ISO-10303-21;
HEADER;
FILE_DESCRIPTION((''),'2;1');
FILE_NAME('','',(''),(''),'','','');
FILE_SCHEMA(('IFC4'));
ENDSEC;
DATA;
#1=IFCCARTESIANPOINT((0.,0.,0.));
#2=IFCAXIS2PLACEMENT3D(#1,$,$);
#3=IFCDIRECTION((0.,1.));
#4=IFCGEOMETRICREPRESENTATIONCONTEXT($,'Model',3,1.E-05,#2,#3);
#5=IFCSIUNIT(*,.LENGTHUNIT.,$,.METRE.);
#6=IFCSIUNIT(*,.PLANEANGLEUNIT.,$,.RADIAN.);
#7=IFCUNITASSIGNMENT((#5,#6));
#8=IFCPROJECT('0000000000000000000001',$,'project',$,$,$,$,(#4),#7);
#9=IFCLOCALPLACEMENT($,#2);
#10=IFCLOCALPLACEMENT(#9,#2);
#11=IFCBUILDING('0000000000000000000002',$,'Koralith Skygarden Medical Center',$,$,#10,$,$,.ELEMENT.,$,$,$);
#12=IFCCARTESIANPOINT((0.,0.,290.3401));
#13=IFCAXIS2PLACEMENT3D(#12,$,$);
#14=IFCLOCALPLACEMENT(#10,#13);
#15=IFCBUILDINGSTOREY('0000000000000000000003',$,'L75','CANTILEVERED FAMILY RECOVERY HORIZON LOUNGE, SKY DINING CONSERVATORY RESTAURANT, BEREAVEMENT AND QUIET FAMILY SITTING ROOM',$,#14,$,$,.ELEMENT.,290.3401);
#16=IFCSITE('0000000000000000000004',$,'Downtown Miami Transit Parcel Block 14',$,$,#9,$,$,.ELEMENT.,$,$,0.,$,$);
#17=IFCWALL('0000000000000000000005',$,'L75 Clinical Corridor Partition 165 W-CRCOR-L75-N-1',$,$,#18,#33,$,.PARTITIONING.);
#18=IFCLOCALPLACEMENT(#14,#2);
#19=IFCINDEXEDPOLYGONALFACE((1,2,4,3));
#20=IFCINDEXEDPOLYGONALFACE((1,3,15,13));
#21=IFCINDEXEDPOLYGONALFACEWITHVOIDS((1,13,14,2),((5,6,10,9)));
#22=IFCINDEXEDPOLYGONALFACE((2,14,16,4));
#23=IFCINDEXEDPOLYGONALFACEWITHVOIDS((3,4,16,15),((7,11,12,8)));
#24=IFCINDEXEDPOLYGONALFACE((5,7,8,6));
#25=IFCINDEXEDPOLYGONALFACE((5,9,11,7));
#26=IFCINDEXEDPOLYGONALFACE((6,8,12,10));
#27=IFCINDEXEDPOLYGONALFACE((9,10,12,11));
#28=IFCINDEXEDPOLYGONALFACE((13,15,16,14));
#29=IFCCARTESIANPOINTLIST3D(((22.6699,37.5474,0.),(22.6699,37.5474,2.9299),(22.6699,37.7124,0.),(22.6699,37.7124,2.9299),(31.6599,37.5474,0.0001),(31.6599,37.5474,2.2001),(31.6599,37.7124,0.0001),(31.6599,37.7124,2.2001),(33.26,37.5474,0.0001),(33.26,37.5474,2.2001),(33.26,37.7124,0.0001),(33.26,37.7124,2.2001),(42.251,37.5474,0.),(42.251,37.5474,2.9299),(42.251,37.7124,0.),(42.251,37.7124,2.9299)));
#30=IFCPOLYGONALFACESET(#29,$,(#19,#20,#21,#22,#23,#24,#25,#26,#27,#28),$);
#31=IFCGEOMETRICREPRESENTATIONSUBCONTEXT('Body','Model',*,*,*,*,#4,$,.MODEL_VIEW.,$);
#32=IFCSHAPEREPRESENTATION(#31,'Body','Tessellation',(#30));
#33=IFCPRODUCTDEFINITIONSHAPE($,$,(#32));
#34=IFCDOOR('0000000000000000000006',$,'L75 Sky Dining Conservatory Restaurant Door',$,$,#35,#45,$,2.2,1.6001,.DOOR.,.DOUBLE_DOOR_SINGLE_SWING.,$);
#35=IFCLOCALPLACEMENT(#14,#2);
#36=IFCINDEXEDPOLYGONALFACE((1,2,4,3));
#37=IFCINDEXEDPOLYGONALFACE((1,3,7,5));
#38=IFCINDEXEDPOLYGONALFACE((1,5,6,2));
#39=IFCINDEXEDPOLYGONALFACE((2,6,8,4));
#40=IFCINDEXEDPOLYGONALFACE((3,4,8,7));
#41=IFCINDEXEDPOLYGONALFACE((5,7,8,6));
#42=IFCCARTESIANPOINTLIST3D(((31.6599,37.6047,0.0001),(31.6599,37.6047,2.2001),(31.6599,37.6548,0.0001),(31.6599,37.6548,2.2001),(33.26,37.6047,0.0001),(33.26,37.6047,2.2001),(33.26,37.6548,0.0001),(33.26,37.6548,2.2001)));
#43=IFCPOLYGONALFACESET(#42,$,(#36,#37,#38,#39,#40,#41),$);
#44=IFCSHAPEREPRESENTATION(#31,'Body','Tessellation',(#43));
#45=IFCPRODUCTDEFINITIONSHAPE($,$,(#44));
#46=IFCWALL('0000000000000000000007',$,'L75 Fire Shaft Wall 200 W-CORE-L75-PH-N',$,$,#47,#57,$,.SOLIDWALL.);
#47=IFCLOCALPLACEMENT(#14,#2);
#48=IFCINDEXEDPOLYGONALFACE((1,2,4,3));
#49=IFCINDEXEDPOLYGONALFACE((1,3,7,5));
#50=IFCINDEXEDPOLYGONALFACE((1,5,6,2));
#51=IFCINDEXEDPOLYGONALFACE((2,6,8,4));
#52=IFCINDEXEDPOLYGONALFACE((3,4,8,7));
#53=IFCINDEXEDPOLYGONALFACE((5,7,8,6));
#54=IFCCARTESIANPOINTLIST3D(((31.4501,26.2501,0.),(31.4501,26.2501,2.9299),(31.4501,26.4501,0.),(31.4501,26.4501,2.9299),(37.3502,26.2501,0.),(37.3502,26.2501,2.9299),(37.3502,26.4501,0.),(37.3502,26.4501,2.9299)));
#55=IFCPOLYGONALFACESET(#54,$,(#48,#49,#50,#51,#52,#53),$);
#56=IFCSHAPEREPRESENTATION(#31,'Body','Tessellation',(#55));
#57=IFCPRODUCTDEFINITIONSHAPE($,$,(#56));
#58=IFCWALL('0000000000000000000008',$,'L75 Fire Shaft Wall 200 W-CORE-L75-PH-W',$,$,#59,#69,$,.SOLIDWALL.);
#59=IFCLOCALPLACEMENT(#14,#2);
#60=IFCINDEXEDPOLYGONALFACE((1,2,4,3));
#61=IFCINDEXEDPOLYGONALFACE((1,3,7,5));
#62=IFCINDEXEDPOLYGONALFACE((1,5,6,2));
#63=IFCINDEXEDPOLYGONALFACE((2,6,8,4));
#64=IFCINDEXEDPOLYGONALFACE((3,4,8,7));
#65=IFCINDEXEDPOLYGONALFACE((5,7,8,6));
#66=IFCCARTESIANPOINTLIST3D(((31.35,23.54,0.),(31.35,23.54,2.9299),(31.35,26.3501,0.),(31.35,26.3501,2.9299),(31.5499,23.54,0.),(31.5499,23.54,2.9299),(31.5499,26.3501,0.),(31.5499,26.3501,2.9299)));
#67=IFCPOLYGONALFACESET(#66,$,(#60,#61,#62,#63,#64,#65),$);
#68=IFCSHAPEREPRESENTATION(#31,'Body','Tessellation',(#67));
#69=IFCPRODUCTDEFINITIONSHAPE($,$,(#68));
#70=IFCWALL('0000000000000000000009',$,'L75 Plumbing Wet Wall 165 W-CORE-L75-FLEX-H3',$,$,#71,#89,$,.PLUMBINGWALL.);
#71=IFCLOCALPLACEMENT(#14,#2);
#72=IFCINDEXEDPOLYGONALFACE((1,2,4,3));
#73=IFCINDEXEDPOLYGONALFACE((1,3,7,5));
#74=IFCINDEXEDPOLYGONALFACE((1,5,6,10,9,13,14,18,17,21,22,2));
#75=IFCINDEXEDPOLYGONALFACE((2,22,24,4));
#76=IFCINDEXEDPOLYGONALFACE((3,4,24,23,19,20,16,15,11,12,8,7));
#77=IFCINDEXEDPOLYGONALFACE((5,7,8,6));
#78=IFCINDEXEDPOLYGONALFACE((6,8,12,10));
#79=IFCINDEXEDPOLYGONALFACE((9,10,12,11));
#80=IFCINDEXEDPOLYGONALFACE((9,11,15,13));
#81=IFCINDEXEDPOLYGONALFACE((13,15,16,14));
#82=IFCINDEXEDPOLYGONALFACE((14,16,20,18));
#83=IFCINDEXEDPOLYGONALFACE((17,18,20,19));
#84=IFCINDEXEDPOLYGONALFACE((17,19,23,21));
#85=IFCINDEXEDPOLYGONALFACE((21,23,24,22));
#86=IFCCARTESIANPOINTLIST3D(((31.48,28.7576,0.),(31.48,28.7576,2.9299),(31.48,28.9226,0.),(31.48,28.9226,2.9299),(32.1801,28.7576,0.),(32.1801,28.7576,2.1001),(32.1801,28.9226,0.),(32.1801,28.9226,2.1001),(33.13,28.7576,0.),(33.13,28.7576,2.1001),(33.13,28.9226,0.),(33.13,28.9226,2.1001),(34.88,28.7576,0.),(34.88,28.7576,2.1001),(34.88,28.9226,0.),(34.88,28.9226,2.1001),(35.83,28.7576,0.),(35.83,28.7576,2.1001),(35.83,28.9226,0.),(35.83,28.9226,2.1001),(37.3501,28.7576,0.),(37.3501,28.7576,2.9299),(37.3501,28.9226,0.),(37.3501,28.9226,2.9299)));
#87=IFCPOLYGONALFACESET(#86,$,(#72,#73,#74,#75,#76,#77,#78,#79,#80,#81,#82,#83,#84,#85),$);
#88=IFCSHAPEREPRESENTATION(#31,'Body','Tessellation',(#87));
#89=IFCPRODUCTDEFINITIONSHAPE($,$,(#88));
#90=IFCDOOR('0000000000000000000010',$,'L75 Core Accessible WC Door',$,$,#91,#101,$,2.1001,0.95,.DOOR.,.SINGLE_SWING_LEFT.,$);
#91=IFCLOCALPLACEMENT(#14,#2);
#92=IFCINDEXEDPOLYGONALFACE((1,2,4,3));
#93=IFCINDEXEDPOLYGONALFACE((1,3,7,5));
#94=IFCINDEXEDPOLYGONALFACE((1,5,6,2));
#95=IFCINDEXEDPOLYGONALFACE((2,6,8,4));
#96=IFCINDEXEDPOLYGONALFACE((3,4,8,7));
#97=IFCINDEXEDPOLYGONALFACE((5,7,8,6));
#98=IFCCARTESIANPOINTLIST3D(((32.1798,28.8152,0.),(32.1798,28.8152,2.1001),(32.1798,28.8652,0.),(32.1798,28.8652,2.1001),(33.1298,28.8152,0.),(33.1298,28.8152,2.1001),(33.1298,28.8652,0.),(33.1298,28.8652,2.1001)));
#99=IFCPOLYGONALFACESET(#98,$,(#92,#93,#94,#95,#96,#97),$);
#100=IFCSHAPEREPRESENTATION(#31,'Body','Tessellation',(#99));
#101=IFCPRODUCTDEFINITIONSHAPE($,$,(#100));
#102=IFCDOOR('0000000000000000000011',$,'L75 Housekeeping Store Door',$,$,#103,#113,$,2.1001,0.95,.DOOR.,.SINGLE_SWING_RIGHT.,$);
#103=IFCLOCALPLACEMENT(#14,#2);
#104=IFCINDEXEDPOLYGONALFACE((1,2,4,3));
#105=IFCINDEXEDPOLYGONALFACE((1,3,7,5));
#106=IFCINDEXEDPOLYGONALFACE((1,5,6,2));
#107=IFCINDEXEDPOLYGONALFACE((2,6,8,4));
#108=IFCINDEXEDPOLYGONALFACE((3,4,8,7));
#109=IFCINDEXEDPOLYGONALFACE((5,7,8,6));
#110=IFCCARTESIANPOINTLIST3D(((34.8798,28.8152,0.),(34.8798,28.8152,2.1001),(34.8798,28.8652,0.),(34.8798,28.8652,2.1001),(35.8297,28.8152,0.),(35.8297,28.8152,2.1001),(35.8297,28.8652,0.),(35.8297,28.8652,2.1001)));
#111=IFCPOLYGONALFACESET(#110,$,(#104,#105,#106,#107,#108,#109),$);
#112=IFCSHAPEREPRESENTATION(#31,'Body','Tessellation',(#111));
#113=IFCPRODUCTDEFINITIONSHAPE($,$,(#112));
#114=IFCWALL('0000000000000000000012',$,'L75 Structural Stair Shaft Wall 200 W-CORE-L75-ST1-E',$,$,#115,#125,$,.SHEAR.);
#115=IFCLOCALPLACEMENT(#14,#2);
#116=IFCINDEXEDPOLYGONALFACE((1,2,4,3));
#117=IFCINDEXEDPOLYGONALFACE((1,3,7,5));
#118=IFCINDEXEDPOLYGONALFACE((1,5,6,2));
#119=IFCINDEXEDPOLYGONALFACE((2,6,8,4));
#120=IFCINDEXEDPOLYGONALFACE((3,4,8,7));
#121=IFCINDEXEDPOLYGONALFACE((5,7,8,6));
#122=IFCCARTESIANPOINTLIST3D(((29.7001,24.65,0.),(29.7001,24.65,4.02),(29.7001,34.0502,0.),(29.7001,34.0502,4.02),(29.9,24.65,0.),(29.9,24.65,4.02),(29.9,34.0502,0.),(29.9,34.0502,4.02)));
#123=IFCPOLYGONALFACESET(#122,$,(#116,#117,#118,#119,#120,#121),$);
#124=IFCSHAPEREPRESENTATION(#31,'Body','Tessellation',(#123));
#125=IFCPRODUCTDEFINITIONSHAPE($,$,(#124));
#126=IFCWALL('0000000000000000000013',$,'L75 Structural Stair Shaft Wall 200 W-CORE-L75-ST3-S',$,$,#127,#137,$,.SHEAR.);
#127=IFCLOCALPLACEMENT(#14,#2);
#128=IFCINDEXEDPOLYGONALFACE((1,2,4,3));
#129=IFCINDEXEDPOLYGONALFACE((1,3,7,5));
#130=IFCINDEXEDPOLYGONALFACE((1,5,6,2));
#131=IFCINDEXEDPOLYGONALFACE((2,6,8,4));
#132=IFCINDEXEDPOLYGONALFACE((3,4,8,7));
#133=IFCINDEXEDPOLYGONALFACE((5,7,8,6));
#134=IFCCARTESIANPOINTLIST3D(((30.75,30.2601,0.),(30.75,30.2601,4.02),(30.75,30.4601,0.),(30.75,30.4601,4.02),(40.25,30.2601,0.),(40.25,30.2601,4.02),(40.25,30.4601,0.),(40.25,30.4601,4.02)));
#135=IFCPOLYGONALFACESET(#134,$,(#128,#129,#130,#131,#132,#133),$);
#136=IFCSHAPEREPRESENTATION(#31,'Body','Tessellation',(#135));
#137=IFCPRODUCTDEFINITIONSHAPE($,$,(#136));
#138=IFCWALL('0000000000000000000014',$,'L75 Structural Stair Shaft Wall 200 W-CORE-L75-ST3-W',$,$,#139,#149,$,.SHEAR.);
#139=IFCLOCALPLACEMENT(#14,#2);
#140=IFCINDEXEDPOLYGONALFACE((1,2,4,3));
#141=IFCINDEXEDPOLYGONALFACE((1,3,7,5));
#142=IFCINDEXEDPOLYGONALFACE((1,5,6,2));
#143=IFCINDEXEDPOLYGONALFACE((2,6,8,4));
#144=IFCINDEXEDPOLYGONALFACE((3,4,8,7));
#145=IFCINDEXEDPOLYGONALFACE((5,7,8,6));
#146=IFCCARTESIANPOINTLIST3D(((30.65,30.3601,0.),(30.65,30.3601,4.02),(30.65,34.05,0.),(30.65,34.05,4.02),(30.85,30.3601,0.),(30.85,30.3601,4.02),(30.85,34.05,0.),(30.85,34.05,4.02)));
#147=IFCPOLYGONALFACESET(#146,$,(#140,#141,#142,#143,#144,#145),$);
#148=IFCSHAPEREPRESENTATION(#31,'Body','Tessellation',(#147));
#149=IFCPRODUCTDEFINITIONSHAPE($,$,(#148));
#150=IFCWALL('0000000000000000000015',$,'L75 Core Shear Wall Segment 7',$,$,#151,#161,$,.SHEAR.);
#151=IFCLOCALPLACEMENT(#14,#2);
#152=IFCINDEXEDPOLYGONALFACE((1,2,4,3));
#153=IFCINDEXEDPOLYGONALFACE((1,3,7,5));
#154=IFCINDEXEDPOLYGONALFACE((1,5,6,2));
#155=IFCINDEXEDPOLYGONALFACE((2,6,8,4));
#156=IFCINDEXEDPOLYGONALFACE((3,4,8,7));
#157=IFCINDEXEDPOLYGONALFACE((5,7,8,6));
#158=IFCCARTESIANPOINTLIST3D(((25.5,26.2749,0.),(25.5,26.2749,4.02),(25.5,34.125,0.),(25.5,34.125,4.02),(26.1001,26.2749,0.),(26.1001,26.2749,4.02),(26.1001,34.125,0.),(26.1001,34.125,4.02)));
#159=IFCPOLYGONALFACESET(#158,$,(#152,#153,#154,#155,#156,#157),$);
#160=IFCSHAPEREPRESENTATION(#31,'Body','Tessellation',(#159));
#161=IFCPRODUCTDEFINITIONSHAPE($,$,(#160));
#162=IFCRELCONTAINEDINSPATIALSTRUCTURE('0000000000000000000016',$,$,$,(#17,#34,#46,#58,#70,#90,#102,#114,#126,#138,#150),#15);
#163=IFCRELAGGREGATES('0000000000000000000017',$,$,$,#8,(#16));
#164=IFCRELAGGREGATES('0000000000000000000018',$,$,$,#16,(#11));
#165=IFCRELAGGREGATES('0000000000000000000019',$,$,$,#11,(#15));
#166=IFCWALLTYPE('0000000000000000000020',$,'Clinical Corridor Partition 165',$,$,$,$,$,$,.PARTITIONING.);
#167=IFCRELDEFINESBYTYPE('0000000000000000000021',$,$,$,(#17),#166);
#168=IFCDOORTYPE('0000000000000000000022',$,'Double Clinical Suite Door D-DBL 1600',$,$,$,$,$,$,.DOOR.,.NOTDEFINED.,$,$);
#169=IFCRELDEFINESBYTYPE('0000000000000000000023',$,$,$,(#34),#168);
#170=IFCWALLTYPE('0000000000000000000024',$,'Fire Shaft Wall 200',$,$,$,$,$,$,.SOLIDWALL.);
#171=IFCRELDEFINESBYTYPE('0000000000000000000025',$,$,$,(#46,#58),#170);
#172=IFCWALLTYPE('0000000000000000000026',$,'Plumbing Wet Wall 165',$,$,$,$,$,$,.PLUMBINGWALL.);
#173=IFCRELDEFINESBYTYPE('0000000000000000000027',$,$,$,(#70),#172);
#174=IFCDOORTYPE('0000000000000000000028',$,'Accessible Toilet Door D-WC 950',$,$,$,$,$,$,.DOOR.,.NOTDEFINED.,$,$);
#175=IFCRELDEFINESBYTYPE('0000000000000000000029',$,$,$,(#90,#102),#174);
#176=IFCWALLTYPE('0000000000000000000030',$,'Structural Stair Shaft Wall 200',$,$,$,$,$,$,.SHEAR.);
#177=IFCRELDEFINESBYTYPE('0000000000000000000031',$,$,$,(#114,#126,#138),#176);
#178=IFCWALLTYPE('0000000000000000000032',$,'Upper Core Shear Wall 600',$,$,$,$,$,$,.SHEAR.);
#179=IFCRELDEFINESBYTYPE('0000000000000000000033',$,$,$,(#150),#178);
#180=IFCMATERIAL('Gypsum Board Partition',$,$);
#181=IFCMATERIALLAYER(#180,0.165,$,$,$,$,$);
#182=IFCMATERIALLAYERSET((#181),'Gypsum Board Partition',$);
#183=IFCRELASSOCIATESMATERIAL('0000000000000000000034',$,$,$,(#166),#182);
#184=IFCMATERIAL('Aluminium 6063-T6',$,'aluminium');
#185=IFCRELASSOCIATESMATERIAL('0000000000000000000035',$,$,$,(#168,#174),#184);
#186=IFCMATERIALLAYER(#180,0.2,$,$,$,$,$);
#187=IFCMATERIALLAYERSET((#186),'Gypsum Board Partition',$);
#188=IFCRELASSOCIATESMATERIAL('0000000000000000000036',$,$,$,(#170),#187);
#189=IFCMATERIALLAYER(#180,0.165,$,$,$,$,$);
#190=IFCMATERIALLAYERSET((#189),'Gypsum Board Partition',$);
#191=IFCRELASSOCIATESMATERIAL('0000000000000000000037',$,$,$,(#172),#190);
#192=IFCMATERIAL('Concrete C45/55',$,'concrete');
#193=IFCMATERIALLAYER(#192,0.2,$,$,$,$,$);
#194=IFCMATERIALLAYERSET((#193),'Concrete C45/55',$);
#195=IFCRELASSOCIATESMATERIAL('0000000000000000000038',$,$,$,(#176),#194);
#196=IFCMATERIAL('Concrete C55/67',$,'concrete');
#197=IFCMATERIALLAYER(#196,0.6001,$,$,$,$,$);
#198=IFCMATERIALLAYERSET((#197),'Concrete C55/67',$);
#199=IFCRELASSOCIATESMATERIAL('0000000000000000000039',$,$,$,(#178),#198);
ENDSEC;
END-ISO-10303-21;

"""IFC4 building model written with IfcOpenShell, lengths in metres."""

from ifc_helpers import new_model, si_unit, direction, frame, frame_2d, origin, place, context, subcontext, project, spatial, rectangle, extrude, material, layer, layer_set, type_object, element, fill, save


model = new_model("IFC4")

# Units and contexts
model_context = context("Model", 3, precision=1e-05, world=origin(), true_north=direction((0.0, 1.0)))
body_context = subcontext(model_context, "Body", "Model", "MODEL_VIEW")
ifc_project = project(units=[si_unit("LENGTHUNIT", "METRE"), si_unit("PLANEANGLEUNIT", "RADIAN")], contexts=[model_context])

# Site, building, storey
site_placement = place(None, origin())
site = spatial("IfcSite", under=ifc_project, at=site_placement, Name="Downtown Miami Transit Parcel Block 14", CompositionType="ELEMENT", RefElevation=0.0)
building_placement = place(site_placement, origin())
building = spatial("IfcBuilding", under=site, at=building_placement, Name="Koralith Skygarden Medical Center", CompositionType="ELEMENT")
storey_placement = place(building_placement, frame((0.0, 0.0, 290.3401)))
storey = spatial("IfcBuildingStorey", under=building, at=storey_placement, Name="L75", Description="CANTILEVERED FAMILY RECOVERY HORIZON LOUNGE, SKY DINING CONSERVATORY RESTAURANT, BEREAVEMENT AND QUIET FAMILY SITTING ROOM", CompositionType="ELEMENT", Elevation=290.3401)

# Shared definitions
ifc_material_1 = material(Name="Concrete C55/67", Category="concrete")

# Shared definitions
ifc_material_2 = material(Name="Concrete C45/55", Category="concrete")

# Wall, opening, door
ifc_material_3 = material(Name="Gypsum Board Partition")
ifc_layer_1 = layer(ifc_material_3, 0.165)
ifc_layer_set_1 = layer_set([ifc_layer_1], Name="Gypsum Board Partition")
wall_type_1 = type_object("IfcWallType", Name="Clinical Corridor Partition 165", PredefinedType="PARTITIONING", material=ifc_layer_set_1)
wall_1_placement = place(storey_placement, frame((22.6699, 37.6299, 0.0), z_axis=(0.0, 0.0, 1.0), x_axis=(1.0, 0.0, 0.0)))
wall_1 = element("IfcWall", 1, at=wall_1_placement, inside=storey, type_object=wall_type_1, Name="L75 Clinical Corridor Partition 165 W-CRCOR-L75-N-1", PredefinedType="PARTITIONING", context=body_context, shape_type="SweptSolid", body=[
    extrude(rectangle(XDim=19.5811, YDim=0.165, at=frame_2d((9.7905, 0.0))), origin(), (0.0, 0.0, 1.0), 2.9299),
])
opening_1_placement = place(wall_1_placement, frame((8.99, 0.0, 0.0)))
opening_1 = element("IfcOpeningElement", 2, at=opening_1_placement, cuts=wall_1, PredefinedType="OPENING", context=body_context, shape_type="SweptSolid", body=[
    extrude(rectangle(XDim=1.6001, YDim=2.2, at=frame_2d((0.8, 1.1001))), frame((0.0, 0.0925, 0.0), z_axis=(0.0, -1.0, 0.0), x_axis=(1.0, 0.0, 0.0)), (0.0, 0.0, 1.0), 0.1851),
])
ifc_material_4 = material(Name="Aluminium 6063-T6", Category="aluminium")
door_type_1 = type_object("IfcDoorType", Name="Double Clinical Suite Door D-DBL 1600", OperationType="NOTDEFINED", PredefinedType="DOOR", material=ifc_material_4)
door_1_placement = place(opening_1_placement, origin())
door_1 = element("IfcDoor", 3, at=door_1_placement, inside=storey, type_object=door_type_1, Name="L75 Sky Dining Conservatory Restaurant Door", OperationType="DOUBLE_DOOR_SINGLE_SWING", OverallHeight=2.2, OverallWidth=1.6001, PredefinedType="DOOR", context=body_context, shape_type="SweptSolid", body=[
    extrude(rectangle(XDim=1.6001, YDim=2.2, at=frame_2d((0.8, 1.1001))), frame((0.0, 0.0249, 0.0), z_axis=(0.0, -1.0, 0.0), x_axis=(1.0, 0.0, 0.0)), (0.0, 0.0, 1.0), 0.05),
])
fill(opening_1, door_1)

# Walls
ifc_layer_2 = layer(ifc_material_3, 0.2)
ifc_layer_set_2 = layer_set([ifc_layer_2], Name="Gypsum Board Partition")
wall_type_2 = type_object("IfcWallType", Name="Fire Shaft Wall 200", PredefinedType="SOLIDWALL", material=ifc_layer_set_2)
wall_2_placement = place(storey_placement, frame((31.45, 26.3501, 0.0), z_axis=(0.0, 0.0, 1.0), x_axis=(1.0, 0.0, 0.0)))
element("IfcWall", 4, at=wall_2_placement, inside=storey, type_object=wall_type_2, Name="L75 Fire Shaft Wall 200 W-CORE-L75-PH-N", PredefinedType="SOLIDWALL", context=body_context, shape_type="SweptSolid", body=[
    extrude(rectangle(XDim=5.9001, YDim=0.2, at=frame_2d((2.9502, 0.0))), origin(), (0.0, 0.0, 1.0), 2.9299),
])
wall_3_placement = place(storey_placement, frame((31.45, 23.54, 0.0), z_axis=(0.0, 0.0, 1.0), x_axis=(0.0, 1.0, 0.0)))
element("IfcWall", 5, at=wall_3_placement, inside=storey, type_object=wall_type_2, Name="L75 Fire Shaft Wall 200 W-CORE-L75-PH-W", PredefinedType="SOLIDWALL", context=body_context, shape_type="SweptSolid", body=[
    extrude(rectangle(XDim=2.8101, YDim=0.2, at=frame_2d((1.405, 0.0))), origin(), (0.0, 0.0, 1.0), 2.9299),
])

# Shared definitions
ifc_layer_3 = layer(ifc_material_3, 0.165)
ifc_layer_set_3 = layer_set([ifc_layer_3], Name="Gypsum Board Partition")
wall_type_3 = type_object("IfcWallType", Name="Plumbing Wet Wall 165", PredefinedType="PLUMBINGWALL", material=ifc_layer_set_3)

# Wall, openings, doors
wall_4_placement = place(storey_placement, frame((31.48, 28.8401, 0.0), z_axis=(0.0, 0.0, 1.0), x_axis=(1.0, 0.0, 0.0)))
wall_4 = element("IfcWall", 6, at=wall_4_placement, inside=storey, type_object=wall_type_3, Name="L75 Plumbing Wet Wall 165 W-CORE-L75-FLEX-H3", PredefinedType="PLUMBINGWALL", context=body_context, shape_type="SweptSolid", body=[
    extrude(rectangle(XDim=5.8701, YDim=0.165, at=frame_2d((2.9351, 0.0))), origin(), (0.0, 0.0, 1.0), 2.9299),
])
opening_2_placement = place(wall_4_placement, frame((0.7, 0.0, 0.0)))
opening_2 = element("IfcOpeningElement", 7, at=opening_2_placement, cuts=wall_4, PredefinedType="OPENING", context=body_context, shape_type="SweptSolid", body=[
    extrude(rectangle(XDim=0.95, YDim=2.1001, at=frame_2d((0.4751, 1.05))), frame((0.0, 0.0925, 0.0), z_axis=(0.0, -1.0, 0.0), x_axis=(1.0, 0.0, 0.0)), (0.0, 0.0, 1.0), 0.1851),
])
opening_3_placement = place(wall_4_placement, frame((3.3999, 0.0, 0.0)))
opening_3 = element("IfcOpeningElement", 8, at=opening_3_placement, cuts=wall_4, PredefinedType="OPENING", context=body_context, shape_type="SweptSolid", body=[
    extrude(rectangle(XDim=0.95, YDim=2.1001, at=frame_2d((0.4751, 1.05))), frame((0.0, 0.0925, 0.0), z_axis=(0.0, -1.0, 0.0), x_axis=(1.0, 0.0, 0.0)), (0.0, 0.0, 1.0), 0.1851),
])
door_type_2 = type_object("IfcDoorType", Name="Accessible Toilet Door D-WC 950", OperationType="NOTDEFINED", PredefinedType="DOOR", material=ifc_material_4)
door_2_placement = place(opening_2_placement, frame((0.95, 0.0, 0.0), z_axis=(0.0, 0.0, 1.0), x_axis=(-1.0, 0.0, 0.0)))
door_2 = element("IfcDoor", 9, at=door_2_placement, inside=storey, type_object=door_type_2, Name="L75 Core Accessible WC Door", OperationType="SINGLE_SWING_LEFT", OverallHeight=2.1001, OverallWidth=0.95, PredefinedType="DOOR", context=body_context, shape_type="SweptSolid", body=[
    extrude(rectangle(XDim=0.95, YDim=2.1001, at=frame_2d((0.4751, 1.05))), frame((0.0, 0.0249, 0.0), z_axis=(0.0, -1.0, 0.0), x_axis=(1.0, 0.0, 0.0)), (0.0, 0.0, 1.0), 0.05),
])
fill(opening_2, door_2)
door_3_placement = place(opening_3_placement, frame((0.95, 0.0, 0.0), z_axis=(0.0, 0.0, 1.0), x_axis=(-1.0, 0.0, 0.0)))
door_3 = element("IfcDoor", 10, at=door_3_placement, inside=storey, type_object=door_type_2, Name="L75 Housekeeping Store Door", OperationType="SINGLE_SWING_RIGHT", OverallHeight=2.1001, OverallWidth=0.95, PredefinedType="DOOR", context=body_context, shape_type="SweptSolid", body=[
    extrude(rectangle(XDim=0.95, YDim=2.1001, at=frame_2d((0.4751, 1.05))), frame((0.0, 0.0249, 0.0), z_axis=(0.0, -1.0, 0.0), x_axis=(1.0, 0.0, 0.0)), (0.0, 0.0, 1.0), 0.05),
])
fill(opening_3, door_3)

# Wall
ifc_layer_4 = layer(ifc_material_2, 0.2)
ifc_layer_set_4 = layer_set([ifc_layer_4], Name="Concrete C45/55")
wall_type_4 = type_object("IfcWallType", Name="Structural Stair Shaft Wall 200", PredefinedType="SHEAR", material=ifc_layer_set_4)
wall_5_placement = place(storey_placement, frame((29.8, 24.6499, 0.0), z_axis=(0.0, 0.0, 1.0), x_axis=(0.0, 1.0, 0.0)))
element("IfcWall", 11, at=wall_5_placement, inside=storey, type_object=wall_type_4, Name="L75 Structural Stair Shaft Wall 200 W-CORE-L75-ST1-E", PredefinedType="SHEAR", context=body_context, shape_type="SweptSolid", body=[
    extrude(rectangle(XDim=9.4001, YDim=0.2, at=frame_2d((4.7002, 0.0))), origin(), (0.0, 0.0, 1.0), 4.02),
])

# Walls
wall_6_placement = place(storey_placement, frame((30.75, 30.3601, 0.0), z_axis=(0.0, 0.0, 1.0), x_axis=(1.0, 0.0, 0.0)))
element("IfcWall", 12, at=wall_6_placement, inside=storey, type_object=wall_type_4, Name="L75 Structural Stair Shaft Wall 200 W-CORE-L75-ST3-S", PredefinedType="SHEAR", context=body_context, shape_type="SweptSolid", body=[
    extrude(rectangle(XDim=9.5, YDim=0.2, at=frame_2d((4.75, 0.0))), origin(), (0.0, 0.0, 1.0), 4.02),
])
wall_7_placement = place(storey_placement, frame((30.75, 30.3601, 0.0), z_axis=(0.0, 0.0, 1.0), x_axis=(0.0, 1.0, 0.0)))
element("IfcWall", 13, at=wall_7_placement, inside=storey, type_object=wall_type_4, Name="L75 Structural Stair Shaft Wall 200 W-CORE-L75-ST3-W", PredefinedType="SHEAR", context=body_context, shape_type="SweptSolid", body=[
    extrude(rectangle(XDim=3.6899, YDim=0.2, at=frame_2d((1.845, 0.0))), origin(), (0.0, 0.0, 1.0), 4.02),
])
ifc_layer_5 = layer(ifc_material_1, 0.6001)
ifc_layer_set_5 = layer_set([ifc_layer_5], Name="Concrete C55/67")
wall_type_5 = type_object("IfcWallType", Name="Upper Core Shear Wall 600", PredefinedType="SHEAR", material=ifc_layer_set_5)
wall_8_placement = place(storey_placement, frame((25.8, 34.125, 0.0), z_axis=(0.0, 0.0, 1.0), x_axis=(0.0, -1.0, 0.0)))
element("IfcWall", 14, at=wall_8_placement, inside=storey, type_object=wall_type_5, Name="L75 Core Shear Wall Segment 7", PredefinedType="SHEAR", context=body_context, shape_type="SweptSolid", body=[
    extrude(rectangle(XDim=7.8501, YDim=0.6001, at=frame_2d((3.925, 0.0))), origin(), (0.0, 0.0, 1.0), 4.02),
])

save(model, "model.ifc")
